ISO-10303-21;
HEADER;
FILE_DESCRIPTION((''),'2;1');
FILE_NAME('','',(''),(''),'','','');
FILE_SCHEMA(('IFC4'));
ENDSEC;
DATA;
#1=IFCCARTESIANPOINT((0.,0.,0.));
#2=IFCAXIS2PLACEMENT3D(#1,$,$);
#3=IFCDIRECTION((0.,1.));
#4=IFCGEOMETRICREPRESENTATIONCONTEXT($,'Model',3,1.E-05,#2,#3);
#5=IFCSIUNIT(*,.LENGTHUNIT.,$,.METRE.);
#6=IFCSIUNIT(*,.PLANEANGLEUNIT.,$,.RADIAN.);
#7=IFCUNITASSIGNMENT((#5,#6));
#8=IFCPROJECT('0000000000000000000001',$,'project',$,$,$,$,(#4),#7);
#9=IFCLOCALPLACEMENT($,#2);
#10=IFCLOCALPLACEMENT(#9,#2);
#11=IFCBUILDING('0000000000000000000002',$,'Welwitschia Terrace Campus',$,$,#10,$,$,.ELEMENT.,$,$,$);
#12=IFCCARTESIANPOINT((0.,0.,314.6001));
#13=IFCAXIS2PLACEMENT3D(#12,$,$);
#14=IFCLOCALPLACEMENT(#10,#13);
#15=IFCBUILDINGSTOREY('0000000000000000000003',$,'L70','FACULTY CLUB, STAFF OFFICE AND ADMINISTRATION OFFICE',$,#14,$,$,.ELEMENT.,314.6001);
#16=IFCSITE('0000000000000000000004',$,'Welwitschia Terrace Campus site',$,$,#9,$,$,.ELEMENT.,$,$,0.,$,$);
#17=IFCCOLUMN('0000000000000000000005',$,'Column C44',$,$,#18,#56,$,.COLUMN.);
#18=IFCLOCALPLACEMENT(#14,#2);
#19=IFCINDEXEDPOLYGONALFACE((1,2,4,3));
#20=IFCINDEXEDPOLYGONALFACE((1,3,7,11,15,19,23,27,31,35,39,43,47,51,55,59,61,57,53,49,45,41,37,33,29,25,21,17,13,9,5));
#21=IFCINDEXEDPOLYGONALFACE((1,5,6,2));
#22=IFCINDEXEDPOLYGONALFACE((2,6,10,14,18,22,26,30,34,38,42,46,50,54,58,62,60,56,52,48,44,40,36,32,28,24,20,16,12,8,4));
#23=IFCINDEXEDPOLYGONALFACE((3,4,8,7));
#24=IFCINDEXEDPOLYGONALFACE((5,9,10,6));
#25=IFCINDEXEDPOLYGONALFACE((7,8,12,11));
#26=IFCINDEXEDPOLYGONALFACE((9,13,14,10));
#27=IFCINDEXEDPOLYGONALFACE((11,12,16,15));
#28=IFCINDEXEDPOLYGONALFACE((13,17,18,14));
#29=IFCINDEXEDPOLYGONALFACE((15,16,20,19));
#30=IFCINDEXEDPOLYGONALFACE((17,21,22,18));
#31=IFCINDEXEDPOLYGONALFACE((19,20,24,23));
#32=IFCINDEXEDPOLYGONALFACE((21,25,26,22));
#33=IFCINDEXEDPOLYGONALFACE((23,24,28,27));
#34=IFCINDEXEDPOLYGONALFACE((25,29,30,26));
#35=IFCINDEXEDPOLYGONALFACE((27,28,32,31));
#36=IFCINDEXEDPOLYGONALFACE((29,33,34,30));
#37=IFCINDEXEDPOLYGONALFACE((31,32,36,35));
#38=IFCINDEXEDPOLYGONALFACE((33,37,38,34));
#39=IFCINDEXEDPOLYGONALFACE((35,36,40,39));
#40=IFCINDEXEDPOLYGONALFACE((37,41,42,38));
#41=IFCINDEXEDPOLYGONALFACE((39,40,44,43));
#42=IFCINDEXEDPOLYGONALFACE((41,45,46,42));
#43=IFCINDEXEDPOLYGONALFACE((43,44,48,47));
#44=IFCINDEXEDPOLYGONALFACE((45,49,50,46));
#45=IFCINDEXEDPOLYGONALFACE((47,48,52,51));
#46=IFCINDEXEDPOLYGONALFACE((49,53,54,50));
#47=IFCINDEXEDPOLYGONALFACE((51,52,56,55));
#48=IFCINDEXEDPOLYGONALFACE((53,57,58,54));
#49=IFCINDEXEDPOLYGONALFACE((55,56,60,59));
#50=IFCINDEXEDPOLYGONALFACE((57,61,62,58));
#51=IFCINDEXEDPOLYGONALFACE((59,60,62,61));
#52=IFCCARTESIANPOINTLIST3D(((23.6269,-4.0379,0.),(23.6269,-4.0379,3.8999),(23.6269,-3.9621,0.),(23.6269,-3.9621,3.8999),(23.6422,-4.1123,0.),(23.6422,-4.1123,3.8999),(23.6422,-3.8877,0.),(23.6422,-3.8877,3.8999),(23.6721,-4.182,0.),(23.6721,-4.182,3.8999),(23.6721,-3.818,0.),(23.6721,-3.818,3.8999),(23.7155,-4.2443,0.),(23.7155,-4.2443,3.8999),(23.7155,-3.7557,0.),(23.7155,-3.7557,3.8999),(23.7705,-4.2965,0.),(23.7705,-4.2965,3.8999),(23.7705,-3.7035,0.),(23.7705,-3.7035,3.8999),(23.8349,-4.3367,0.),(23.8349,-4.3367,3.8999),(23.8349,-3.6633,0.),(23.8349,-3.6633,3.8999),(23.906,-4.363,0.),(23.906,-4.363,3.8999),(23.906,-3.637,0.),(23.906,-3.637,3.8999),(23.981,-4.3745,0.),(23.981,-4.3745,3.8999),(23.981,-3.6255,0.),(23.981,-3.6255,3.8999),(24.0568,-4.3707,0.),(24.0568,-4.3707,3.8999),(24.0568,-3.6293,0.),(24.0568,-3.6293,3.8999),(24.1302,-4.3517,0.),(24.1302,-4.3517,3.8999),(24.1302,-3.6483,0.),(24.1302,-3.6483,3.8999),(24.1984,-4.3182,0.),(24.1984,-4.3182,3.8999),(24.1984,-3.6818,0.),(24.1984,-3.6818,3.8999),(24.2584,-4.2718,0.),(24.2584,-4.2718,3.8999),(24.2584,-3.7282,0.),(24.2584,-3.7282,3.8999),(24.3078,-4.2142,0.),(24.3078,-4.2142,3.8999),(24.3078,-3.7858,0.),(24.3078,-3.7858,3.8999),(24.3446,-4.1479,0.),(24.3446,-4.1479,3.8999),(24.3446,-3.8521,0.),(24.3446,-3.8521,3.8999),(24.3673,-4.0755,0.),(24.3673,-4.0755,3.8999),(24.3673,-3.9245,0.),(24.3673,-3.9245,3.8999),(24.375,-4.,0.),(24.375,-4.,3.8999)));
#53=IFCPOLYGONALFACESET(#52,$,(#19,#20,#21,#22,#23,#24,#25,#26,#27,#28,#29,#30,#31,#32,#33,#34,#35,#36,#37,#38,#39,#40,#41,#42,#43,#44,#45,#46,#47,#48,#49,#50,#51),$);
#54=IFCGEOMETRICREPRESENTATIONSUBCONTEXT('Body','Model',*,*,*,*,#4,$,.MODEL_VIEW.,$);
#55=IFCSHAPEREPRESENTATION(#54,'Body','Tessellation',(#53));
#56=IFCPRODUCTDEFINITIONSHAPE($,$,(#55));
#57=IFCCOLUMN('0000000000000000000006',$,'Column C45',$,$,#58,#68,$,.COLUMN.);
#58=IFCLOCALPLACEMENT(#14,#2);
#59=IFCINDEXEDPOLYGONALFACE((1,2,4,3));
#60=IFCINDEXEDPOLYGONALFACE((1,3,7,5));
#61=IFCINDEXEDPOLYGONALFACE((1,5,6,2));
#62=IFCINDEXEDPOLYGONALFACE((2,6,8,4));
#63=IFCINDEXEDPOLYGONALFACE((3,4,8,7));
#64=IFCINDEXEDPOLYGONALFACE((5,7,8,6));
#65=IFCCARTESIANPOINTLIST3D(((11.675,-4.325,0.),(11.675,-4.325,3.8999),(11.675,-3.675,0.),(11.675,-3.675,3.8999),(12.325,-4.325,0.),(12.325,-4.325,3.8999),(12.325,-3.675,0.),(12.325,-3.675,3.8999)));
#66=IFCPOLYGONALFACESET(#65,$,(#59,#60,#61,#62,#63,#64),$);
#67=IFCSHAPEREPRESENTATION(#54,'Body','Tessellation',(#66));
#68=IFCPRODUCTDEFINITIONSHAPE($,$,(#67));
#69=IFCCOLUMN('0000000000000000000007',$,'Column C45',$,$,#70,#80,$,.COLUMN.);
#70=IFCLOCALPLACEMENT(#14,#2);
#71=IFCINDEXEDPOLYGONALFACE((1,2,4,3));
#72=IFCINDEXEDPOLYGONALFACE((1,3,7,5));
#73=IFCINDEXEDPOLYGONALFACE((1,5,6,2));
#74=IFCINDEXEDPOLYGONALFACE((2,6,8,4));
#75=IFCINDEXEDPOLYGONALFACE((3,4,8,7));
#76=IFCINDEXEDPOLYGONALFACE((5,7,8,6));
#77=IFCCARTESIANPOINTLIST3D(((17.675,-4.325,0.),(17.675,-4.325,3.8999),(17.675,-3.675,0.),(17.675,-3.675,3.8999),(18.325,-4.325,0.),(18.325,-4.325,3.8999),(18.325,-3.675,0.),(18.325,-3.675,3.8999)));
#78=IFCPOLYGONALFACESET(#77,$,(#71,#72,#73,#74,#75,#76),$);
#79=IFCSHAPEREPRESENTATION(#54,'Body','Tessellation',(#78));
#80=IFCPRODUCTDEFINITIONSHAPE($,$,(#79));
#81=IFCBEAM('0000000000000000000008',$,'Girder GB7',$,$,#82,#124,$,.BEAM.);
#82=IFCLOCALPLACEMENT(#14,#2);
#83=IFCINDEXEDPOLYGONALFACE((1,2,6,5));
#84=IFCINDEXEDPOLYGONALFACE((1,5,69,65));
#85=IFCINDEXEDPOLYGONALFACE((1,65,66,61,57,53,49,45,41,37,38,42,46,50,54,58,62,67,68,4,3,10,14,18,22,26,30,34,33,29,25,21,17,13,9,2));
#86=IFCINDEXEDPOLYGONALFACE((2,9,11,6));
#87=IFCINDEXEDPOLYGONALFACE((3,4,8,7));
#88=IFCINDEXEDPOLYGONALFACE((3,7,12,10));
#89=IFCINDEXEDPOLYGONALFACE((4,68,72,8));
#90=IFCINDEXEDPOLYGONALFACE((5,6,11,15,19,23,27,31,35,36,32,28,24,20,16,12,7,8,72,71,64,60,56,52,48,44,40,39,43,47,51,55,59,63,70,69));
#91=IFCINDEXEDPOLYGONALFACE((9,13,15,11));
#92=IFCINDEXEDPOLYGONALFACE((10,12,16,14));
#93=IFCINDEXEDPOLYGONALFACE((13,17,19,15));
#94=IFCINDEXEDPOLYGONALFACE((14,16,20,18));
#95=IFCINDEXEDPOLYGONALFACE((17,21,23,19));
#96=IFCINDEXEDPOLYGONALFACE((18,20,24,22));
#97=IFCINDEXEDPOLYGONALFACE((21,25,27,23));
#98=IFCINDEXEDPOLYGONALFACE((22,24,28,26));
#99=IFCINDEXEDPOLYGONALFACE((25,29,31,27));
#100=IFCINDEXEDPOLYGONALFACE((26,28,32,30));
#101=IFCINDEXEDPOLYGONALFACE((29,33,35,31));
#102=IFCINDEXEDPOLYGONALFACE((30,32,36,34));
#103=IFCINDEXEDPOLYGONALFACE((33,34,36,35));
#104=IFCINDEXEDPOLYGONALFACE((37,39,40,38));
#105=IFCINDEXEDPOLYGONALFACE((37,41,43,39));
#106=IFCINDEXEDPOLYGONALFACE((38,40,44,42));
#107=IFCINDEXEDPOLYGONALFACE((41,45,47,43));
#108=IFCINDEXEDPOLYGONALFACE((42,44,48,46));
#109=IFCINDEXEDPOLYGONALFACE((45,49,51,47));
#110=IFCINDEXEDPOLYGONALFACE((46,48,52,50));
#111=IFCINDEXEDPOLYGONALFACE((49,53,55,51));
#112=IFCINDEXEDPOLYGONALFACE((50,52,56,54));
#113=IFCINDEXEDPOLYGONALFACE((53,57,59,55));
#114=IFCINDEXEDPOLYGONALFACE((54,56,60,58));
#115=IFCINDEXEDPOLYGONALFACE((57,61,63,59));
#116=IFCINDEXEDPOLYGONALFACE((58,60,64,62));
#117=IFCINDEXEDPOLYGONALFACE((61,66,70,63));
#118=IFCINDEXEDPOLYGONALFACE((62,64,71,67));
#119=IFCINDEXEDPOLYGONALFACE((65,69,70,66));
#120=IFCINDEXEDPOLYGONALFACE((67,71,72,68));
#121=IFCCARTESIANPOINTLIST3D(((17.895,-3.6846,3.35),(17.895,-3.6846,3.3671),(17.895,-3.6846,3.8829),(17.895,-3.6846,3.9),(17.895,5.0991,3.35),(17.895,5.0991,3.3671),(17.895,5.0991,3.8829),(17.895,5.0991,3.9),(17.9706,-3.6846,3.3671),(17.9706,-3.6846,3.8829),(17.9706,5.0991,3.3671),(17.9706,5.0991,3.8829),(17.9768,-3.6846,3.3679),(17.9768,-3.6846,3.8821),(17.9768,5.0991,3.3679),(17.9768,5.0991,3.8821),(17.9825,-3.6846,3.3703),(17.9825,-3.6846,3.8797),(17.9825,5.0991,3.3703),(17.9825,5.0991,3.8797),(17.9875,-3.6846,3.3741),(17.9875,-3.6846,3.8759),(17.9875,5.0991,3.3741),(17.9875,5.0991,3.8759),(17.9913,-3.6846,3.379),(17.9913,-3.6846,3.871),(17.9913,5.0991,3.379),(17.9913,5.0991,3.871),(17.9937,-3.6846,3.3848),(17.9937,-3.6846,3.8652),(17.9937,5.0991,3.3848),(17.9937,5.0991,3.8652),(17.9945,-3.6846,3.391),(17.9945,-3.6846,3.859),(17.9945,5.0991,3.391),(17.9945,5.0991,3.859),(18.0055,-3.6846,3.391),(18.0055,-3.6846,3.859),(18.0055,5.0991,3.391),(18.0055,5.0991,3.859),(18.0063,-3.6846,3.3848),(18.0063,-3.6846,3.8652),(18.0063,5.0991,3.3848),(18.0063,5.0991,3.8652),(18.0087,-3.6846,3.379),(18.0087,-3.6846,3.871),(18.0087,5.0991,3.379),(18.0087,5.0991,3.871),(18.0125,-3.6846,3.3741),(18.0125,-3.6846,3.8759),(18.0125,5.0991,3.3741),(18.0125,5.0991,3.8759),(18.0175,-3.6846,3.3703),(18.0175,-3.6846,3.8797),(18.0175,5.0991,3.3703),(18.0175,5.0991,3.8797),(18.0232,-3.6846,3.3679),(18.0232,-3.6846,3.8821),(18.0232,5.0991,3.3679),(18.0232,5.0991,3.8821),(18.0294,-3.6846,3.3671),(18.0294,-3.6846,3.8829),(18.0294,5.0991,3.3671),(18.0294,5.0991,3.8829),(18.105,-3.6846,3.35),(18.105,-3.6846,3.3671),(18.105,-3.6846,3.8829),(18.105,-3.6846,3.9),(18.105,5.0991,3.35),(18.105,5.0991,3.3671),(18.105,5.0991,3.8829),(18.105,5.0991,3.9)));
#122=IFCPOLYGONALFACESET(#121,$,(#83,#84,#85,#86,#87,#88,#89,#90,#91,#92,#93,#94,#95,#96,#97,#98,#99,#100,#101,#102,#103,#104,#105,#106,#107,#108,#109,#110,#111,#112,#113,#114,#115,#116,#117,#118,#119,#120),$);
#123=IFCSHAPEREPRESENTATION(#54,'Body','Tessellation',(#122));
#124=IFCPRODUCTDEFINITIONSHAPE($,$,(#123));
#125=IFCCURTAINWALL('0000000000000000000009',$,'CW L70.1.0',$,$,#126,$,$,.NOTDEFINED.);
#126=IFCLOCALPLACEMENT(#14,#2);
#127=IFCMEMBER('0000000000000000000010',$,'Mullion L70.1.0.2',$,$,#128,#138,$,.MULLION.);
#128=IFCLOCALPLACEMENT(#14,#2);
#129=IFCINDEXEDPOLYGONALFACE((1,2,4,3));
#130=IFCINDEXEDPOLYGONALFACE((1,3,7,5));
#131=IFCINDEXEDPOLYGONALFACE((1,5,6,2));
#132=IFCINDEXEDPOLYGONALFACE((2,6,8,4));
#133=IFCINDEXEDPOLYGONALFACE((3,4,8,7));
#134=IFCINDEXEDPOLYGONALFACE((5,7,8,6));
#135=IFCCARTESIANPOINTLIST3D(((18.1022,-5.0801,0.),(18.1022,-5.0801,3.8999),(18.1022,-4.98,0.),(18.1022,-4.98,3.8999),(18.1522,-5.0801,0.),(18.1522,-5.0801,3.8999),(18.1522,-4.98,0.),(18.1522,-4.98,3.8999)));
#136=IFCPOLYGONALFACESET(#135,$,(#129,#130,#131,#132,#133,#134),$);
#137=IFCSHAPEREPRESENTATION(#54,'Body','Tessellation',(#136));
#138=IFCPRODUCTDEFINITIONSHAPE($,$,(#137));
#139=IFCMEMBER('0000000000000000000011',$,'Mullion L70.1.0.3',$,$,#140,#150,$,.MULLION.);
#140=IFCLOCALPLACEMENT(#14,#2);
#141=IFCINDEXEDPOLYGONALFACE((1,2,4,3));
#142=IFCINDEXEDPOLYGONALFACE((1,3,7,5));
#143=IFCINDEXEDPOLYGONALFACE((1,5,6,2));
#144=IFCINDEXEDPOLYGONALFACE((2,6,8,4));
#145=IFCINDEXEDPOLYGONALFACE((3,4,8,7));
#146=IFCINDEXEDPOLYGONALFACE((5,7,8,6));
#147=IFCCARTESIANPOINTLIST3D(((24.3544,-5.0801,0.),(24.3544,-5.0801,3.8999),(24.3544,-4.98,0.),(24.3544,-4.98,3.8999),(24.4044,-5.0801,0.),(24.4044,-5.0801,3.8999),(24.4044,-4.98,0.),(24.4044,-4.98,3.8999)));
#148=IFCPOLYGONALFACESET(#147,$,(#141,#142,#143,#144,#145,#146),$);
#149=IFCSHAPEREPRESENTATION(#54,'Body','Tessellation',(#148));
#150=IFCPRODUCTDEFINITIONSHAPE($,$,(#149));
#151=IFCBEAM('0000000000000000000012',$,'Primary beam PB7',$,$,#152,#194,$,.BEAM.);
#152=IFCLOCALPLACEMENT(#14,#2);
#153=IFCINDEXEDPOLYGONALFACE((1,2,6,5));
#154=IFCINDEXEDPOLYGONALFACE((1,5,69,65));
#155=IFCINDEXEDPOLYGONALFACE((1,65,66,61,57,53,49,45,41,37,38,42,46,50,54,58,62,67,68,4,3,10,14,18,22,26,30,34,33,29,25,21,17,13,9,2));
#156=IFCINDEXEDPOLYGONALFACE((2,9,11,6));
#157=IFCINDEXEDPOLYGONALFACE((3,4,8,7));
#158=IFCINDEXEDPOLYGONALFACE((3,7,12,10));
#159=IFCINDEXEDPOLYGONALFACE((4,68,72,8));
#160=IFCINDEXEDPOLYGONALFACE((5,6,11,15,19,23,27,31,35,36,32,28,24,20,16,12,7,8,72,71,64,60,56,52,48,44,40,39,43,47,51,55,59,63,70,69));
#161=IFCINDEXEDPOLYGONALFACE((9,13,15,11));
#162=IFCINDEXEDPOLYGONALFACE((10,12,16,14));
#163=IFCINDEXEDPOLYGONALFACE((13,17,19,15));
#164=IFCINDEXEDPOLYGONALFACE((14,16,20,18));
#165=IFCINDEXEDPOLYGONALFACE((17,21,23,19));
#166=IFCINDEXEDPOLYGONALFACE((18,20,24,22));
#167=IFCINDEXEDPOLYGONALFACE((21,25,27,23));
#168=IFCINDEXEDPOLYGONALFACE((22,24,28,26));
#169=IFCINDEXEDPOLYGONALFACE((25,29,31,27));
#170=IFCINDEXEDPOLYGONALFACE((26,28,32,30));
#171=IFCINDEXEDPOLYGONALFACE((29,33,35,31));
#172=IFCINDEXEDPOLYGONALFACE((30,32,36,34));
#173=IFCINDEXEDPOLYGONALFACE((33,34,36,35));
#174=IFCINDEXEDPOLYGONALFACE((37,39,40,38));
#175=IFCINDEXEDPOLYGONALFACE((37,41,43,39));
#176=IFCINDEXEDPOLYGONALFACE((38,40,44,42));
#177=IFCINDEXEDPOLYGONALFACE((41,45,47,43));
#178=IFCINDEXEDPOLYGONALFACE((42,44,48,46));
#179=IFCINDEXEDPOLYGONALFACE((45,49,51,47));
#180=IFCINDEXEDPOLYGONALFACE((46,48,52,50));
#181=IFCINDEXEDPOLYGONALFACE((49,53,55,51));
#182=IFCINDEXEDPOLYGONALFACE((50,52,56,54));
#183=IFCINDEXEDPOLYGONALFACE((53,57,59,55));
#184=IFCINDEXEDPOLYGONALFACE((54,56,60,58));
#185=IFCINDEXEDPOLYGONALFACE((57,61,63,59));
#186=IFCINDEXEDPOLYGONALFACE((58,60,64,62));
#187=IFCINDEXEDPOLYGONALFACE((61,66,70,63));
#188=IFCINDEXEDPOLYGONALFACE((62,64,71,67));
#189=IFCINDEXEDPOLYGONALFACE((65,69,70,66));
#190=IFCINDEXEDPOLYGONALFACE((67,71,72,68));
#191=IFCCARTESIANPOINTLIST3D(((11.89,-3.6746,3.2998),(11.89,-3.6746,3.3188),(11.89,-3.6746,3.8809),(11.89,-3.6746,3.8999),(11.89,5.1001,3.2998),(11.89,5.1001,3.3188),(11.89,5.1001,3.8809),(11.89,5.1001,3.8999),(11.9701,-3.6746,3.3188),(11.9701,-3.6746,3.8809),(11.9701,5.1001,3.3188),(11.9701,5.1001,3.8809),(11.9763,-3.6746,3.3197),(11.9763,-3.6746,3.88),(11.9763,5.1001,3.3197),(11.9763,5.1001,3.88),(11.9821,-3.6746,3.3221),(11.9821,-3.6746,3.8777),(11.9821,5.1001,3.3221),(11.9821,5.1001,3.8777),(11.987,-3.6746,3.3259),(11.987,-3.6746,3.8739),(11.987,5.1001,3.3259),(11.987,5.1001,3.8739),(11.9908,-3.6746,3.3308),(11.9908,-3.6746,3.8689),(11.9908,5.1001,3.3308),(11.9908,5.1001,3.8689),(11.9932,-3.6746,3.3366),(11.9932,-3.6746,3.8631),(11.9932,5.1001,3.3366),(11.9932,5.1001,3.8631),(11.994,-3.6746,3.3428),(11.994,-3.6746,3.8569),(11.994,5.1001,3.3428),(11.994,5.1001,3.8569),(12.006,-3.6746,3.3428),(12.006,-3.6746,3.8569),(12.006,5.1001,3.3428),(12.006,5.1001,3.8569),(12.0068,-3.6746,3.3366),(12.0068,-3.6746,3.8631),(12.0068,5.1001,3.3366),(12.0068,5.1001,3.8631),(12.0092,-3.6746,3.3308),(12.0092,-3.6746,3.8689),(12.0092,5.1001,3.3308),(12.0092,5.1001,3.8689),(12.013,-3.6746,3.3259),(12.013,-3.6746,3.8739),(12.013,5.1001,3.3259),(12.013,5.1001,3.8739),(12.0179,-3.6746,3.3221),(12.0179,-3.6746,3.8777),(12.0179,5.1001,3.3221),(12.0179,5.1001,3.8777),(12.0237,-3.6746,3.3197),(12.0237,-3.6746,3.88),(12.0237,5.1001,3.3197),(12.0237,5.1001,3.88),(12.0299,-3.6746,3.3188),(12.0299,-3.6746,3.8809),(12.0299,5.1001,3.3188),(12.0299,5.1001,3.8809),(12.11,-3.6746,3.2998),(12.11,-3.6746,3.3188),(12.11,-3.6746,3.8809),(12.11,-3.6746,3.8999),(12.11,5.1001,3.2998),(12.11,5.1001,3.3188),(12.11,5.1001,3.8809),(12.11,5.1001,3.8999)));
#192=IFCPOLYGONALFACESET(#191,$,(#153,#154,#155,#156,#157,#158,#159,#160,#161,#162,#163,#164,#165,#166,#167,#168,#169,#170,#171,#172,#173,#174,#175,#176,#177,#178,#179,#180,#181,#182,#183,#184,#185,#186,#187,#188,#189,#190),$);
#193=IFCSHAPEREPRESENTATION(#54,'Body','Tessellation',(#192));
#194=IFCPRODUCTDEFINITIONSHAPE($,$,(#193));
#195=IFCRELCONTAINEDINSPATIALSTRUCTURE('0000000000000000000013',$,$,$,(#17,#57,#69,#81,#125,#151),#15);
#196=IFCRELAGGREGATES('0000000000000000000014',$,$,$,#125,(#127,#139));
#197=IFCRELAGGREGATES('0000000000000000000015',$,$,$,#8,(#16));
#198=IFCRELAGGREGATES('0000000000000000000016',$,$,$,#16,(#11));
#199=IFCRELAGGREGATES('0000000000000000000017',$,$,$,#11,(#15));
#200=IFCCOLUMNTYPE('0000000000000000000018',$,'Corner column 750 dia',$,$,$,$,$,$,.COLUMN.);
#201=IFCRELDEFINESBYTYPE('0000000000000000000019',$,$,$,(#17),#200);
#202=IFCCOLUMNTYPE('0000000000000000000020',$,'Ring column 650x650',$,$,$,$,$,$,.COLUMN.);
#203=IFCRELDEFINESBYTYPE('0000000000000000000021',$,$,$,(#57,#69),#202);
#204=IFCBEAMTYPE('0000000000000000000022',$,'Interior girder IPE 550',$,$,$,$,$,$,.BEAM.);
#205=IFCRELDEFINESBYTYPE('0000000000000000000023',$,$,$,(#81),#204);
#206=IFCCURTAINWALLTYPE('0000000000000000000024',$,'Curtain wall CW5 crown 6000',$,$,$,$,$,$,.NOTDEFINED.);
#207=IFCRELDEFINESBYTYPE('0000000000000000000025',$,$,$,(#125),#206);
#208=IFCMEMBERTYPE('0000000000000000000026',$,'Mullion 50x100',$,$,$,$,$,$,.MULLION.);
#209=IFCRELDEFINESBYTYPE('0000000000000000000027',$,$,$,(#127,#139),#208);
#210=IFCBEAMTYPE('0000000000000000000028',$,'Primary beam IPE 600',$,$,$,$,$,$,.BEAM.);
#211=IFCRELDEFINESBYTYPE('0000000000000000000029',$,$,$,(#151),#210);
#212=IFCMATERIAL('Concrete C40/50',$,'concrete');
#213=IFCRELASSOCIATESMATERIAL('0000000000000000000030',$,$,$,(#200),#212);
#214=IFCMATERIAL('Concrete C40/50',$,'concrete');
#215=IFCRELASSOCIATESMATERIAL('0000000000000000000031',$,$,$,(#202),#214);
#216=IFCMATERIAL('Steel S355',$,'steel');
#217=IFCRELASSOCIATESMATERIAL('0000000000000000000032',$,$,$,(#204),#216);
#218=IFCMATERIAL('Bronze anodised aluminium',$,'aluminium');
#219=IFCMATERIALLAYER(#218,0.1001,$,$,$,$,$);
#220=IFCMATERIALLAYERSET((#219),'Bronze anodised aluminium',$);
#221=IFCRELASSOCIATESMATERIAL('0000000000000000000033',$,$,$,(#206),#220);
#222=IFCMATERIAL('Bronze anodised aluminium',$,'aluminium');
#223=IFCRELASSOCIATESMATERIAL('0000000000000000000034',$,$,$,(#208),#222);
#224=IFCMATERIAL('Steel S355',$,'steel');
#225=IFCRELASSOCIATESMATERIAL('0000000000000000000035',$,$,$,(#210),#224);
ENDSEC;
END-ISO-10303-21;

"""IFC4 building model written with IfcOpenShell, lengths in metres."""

from ifc_helpers import new_model, si_unit, direction, frame, origin, origin_2d, place, context, subcontext, project, spatial, rectangle, circle, i_section, extrude, material, layer, layer_set, material_profile, profile_set, type_object, element, aggregate, save


model = new_model("IFC4")

# Units and contexts
model_context = context("Model", 3, precision=1e-05, world=origin(), true_north=direction((0.0, 1.0)))
body_context = subcontext(model_context, "Body", "Model", "MODEL_VIEW")
ifc_project = project(units=[si_unit("LENGTHUNIT", "METRE"), si_unit("PLANEANGLEUNIT", "RADIAN")], contexts=[model_context])

# Site, building, storey
site_placement = place(None, origin())
site = spatial("IfcSite", under=ifc_project, at=site_placement, Name="Welwitschia Terrace Campus site", CompositionType="ELEMENT", RefElevation=0.0)
building_placement = place(site_placement, origin())
building = spatial("IfcBuilding", under=site, at=building_placement, Name="Welwitschia Terrace Campus", CompositionType="ELEMENT")
storey_placement = place(building_placement, frame((0.0, 0.0, 314.6001)))
storey = spatial("IfcBuildingStorey", under=building, at=storey_placement, Name="L70", Description="FACULTY CLUB, STAFF OFFICE AND ADMINISTRATION OFFICE", CompositionType="ELEMENT", Elevation=314.6001)

# Columns
ifc_material_1 = material(Name="Concrete C40/50", Category="concrete")
ifc_material_profile_1 = material_profile(ifc_material_1, circle(Radius=0.375, at=origin_2d()))
ifc_profile_set_1 = profile_set([ifc_material_profile_1], Name="Concrete C40/50")
column_type_1 = type_object("IfcColumnType", Name="Corner column 750 dia", PredefinedType="COLUMN", material=ifc_profile_set_1)
column_placement = place(storey_placement, frame((24.0, -4.0, 0.0), z_axis=(0.0, 0.0, 1.0), x_axis=(1.0, 0.0, 0.0)))
element("IfcColumn", 1, at=column_placement, inside=storey, type_object=column_type_1, Name="Column C44", PredefinedType="COLUMN", context=body_context, shape_type="SweptSolid", body=[
    extrude(circle(Radius=0.375, at=origin_2d()), origin(), (0.0, 0.0, 1.0), 3.8999),
])
ifc_material_2 = material(Name="Concrete C40/50", Category="concrete")
ifc_material_profile_2 = material_profile(ifc_material_2, rectangle(XDim=0.6499, YDim=0.6499, at=origin_2d()))
ifc_profile_set_2 = profile_set([ifc_material_profile_2], Name="Concrete C40/50")
column_type_2 = type_object("IfcColumnType", Name="Ring column 650x650", PredefinedType="COLUMN", material=ifc_profile_set_2)
for number, where, z_axis, x_axis, name in (
    (2, (12.0, -4.0, 0.0), (0.0, 0.0, 1.0), (1.0, 0.0, 0.0), "Column C45"),
    (3, (18.0, -4.0, 0.0), (0.0, 0.0, 1.0), (1.0, 0.0, 0.0), "Column C45"),
):
    element("IfcColumn", number, at=place(storey_placement, frame(where, z_axis=z_axis, x_axis=x_axis)), inside=storey, type_object=column_type_2, Name=name, PredefinedType="COLUMN", context=body_context, shape_type="SweptSolid", body=[
        extrude(rectangle(XDim=0.6499, YDim=0.6499, at=origin_2d()), origin(), (0.0, 0.0, 1.0), 3.8999),
    ])

# Beam
ifc_material_3 = material(Name="Steel S355", Category="steel")
ifc_material_profile_3 = material_profile(ifc_material_3, i_section(OverallWidth=0.21, OverallDepth=0.55, WebThickness=0.011, FlangeThickness=0.0171, FilletRadius=0.0239, at=origin_2d()))
ifc_profile_set_3 = profile_set([ifc_material_profile_3], Name="Steel S355")
beam_type_1 = type_object("IfcBeamType", Name="Interior girder IPE 550", PredefinedType="BEAM", material=ifc_profile_set_3)
beam_1_placement = place(storey_placement, frame((18.0, -3.6846, 3.625), z_axis=(0.0, 1.0, 0.0), x_axis=(-1.0, 0.0, 0.0)))
element("IfcBeam", 4, at=beam_1_placement, inside=storey, type_object=beam_type_1, Name="Girder GB7", PredefinedType="BEAM", context=body_context, shape_type="SweptSolid", body=[
    extrude(i_section(OverallWidth=0.21, OverallDepth=0.55, WebThickness=0.011, FlangeThickness=0.0171, FilletRadius=0.0239, at=origin_2d()), origin(), (0.0, 0.0, 1.0), 8.7837),
])

# Curtain wall, members
ifc_material_4 = material(Name="Bronze anodised aluminium", Category="aluminium")
ifc_layer_1 = layer(ifc_material_4, 0.1001)
ifc_layer_set_1 = layer_set([ifc_layer_1], Name="Bronze anodised aluminium")
curtain_wall_type = type_object("IfcCurtainWallType", Name="Curtain wall CW5 crown 6000", PredefinedType="NOTDEFINED", material=ifc_layer_set_1)
curtain_wall_placement = place(storey_placement, origin())
curtain_wall = element("IfcCurtainWall", 5, at=curtain_wall_placement, inside=storey, type_object=curtain_wall_type, Name="CW L70.1.0", PredefinedType="NOTDEFINED")
ifc_material_5 = material(Name="Bronze anodised aluminium", Category="aluminium")
ifc_material_profile_4 = material_profile(ifc_material_5, rectangle(XDim=0.1001, YDim=0.05, at=origin_2d()))
ifc_profile_set_4 = profile_set([ifc_material_profile_4], Name="Bronze anodised aluminium")
member_type = type_object("IfcMemberType", Name="Mullion 50x100", PredefinedType="MULLION", material=ifc_profile_set_4)
member_1_placement = place(storey_placement, frame((18.1272, -5.03, 0.0), z_axis=(0.0, 0.0, 1.0), x_axis=(0.0, 1.0, 0.0)))
member_1 = element("IfcMember", 6, at=member_1_placement, type_object=member_type, Name="Mullion L70.1.0.2", PredefinedType="MULLION", context=body_context, shape_type="SweptSolid", body=[
    extrude(rectangle(XDim=0.1001, YDim=0.05, at=origin_2d()), origin(), (0.0, 0.0, 1.0), 3.8999),
])
member_2_placement = place(storey_placement, frame((24.3794, -5.03, 0.0), z_axis=(0.0, 0.0, 1.0), x_axis=(0.0, 1.0, 0.0)))
member_2 = element("IfcMember", 7, at=member_2_placement, type_object=member_type, Name="Mullion L70.1.0.3", PredefinedType="MULLION", context=body_context, shape_type="SweptSolid", body=[
    extrude(rectangle(XDim=0.1001, YDim=0.05, at=origin_2d()), origin(), (0.0, 0.0, 1.0), 3.8999),
])

# Beam
ifc_material_6 = material(Name="Steel S355", Category="steel")
ifc_material_profile_5 = material_profile(ifc_material_6, i_section(OverallWidth=0.22, OverallDepth=0.6001, WebThickness=0.012, FlangeThickness=0.019, FilletRadius=0.0239, at=origin_2d()))
ifc_profile_set_5 = profile_set([ifc_material_profile_5], Name="Steel S355")
beam_type_2 = type_object("IfcBeamType", Name="Primary beam IPE 600", PredefinedType="BEAM", material=ifc_profile_set_5)
beam_2_placement = place(storey_placement, frame((12.0, -3.6746, 3.5999), z_axis=(0.0, 1.0, 0.0), x_axis=(-1.0, 0.0, 0.0)))
element("IfcBeam", 8, at=beam_2_placement, inside=storey, type_object=beam_type_2, Name="Primary beam PB7", PredefinedType="BEAM", context=body_context, shape_type="SweptSolid", body=[
    extrude(i_section(OverallWidth=0.22, OverallDepth=0.6001, WebThickness=0.012, FlangeThickness=0.019, FilletRadius=0.0239, at=origin_2d()), origin(), (0.0, 0.0, 1.0), 8.7747),
])

aggregate(curtain_wall, [member_1, member_2])

save(model, "model.ifc")
